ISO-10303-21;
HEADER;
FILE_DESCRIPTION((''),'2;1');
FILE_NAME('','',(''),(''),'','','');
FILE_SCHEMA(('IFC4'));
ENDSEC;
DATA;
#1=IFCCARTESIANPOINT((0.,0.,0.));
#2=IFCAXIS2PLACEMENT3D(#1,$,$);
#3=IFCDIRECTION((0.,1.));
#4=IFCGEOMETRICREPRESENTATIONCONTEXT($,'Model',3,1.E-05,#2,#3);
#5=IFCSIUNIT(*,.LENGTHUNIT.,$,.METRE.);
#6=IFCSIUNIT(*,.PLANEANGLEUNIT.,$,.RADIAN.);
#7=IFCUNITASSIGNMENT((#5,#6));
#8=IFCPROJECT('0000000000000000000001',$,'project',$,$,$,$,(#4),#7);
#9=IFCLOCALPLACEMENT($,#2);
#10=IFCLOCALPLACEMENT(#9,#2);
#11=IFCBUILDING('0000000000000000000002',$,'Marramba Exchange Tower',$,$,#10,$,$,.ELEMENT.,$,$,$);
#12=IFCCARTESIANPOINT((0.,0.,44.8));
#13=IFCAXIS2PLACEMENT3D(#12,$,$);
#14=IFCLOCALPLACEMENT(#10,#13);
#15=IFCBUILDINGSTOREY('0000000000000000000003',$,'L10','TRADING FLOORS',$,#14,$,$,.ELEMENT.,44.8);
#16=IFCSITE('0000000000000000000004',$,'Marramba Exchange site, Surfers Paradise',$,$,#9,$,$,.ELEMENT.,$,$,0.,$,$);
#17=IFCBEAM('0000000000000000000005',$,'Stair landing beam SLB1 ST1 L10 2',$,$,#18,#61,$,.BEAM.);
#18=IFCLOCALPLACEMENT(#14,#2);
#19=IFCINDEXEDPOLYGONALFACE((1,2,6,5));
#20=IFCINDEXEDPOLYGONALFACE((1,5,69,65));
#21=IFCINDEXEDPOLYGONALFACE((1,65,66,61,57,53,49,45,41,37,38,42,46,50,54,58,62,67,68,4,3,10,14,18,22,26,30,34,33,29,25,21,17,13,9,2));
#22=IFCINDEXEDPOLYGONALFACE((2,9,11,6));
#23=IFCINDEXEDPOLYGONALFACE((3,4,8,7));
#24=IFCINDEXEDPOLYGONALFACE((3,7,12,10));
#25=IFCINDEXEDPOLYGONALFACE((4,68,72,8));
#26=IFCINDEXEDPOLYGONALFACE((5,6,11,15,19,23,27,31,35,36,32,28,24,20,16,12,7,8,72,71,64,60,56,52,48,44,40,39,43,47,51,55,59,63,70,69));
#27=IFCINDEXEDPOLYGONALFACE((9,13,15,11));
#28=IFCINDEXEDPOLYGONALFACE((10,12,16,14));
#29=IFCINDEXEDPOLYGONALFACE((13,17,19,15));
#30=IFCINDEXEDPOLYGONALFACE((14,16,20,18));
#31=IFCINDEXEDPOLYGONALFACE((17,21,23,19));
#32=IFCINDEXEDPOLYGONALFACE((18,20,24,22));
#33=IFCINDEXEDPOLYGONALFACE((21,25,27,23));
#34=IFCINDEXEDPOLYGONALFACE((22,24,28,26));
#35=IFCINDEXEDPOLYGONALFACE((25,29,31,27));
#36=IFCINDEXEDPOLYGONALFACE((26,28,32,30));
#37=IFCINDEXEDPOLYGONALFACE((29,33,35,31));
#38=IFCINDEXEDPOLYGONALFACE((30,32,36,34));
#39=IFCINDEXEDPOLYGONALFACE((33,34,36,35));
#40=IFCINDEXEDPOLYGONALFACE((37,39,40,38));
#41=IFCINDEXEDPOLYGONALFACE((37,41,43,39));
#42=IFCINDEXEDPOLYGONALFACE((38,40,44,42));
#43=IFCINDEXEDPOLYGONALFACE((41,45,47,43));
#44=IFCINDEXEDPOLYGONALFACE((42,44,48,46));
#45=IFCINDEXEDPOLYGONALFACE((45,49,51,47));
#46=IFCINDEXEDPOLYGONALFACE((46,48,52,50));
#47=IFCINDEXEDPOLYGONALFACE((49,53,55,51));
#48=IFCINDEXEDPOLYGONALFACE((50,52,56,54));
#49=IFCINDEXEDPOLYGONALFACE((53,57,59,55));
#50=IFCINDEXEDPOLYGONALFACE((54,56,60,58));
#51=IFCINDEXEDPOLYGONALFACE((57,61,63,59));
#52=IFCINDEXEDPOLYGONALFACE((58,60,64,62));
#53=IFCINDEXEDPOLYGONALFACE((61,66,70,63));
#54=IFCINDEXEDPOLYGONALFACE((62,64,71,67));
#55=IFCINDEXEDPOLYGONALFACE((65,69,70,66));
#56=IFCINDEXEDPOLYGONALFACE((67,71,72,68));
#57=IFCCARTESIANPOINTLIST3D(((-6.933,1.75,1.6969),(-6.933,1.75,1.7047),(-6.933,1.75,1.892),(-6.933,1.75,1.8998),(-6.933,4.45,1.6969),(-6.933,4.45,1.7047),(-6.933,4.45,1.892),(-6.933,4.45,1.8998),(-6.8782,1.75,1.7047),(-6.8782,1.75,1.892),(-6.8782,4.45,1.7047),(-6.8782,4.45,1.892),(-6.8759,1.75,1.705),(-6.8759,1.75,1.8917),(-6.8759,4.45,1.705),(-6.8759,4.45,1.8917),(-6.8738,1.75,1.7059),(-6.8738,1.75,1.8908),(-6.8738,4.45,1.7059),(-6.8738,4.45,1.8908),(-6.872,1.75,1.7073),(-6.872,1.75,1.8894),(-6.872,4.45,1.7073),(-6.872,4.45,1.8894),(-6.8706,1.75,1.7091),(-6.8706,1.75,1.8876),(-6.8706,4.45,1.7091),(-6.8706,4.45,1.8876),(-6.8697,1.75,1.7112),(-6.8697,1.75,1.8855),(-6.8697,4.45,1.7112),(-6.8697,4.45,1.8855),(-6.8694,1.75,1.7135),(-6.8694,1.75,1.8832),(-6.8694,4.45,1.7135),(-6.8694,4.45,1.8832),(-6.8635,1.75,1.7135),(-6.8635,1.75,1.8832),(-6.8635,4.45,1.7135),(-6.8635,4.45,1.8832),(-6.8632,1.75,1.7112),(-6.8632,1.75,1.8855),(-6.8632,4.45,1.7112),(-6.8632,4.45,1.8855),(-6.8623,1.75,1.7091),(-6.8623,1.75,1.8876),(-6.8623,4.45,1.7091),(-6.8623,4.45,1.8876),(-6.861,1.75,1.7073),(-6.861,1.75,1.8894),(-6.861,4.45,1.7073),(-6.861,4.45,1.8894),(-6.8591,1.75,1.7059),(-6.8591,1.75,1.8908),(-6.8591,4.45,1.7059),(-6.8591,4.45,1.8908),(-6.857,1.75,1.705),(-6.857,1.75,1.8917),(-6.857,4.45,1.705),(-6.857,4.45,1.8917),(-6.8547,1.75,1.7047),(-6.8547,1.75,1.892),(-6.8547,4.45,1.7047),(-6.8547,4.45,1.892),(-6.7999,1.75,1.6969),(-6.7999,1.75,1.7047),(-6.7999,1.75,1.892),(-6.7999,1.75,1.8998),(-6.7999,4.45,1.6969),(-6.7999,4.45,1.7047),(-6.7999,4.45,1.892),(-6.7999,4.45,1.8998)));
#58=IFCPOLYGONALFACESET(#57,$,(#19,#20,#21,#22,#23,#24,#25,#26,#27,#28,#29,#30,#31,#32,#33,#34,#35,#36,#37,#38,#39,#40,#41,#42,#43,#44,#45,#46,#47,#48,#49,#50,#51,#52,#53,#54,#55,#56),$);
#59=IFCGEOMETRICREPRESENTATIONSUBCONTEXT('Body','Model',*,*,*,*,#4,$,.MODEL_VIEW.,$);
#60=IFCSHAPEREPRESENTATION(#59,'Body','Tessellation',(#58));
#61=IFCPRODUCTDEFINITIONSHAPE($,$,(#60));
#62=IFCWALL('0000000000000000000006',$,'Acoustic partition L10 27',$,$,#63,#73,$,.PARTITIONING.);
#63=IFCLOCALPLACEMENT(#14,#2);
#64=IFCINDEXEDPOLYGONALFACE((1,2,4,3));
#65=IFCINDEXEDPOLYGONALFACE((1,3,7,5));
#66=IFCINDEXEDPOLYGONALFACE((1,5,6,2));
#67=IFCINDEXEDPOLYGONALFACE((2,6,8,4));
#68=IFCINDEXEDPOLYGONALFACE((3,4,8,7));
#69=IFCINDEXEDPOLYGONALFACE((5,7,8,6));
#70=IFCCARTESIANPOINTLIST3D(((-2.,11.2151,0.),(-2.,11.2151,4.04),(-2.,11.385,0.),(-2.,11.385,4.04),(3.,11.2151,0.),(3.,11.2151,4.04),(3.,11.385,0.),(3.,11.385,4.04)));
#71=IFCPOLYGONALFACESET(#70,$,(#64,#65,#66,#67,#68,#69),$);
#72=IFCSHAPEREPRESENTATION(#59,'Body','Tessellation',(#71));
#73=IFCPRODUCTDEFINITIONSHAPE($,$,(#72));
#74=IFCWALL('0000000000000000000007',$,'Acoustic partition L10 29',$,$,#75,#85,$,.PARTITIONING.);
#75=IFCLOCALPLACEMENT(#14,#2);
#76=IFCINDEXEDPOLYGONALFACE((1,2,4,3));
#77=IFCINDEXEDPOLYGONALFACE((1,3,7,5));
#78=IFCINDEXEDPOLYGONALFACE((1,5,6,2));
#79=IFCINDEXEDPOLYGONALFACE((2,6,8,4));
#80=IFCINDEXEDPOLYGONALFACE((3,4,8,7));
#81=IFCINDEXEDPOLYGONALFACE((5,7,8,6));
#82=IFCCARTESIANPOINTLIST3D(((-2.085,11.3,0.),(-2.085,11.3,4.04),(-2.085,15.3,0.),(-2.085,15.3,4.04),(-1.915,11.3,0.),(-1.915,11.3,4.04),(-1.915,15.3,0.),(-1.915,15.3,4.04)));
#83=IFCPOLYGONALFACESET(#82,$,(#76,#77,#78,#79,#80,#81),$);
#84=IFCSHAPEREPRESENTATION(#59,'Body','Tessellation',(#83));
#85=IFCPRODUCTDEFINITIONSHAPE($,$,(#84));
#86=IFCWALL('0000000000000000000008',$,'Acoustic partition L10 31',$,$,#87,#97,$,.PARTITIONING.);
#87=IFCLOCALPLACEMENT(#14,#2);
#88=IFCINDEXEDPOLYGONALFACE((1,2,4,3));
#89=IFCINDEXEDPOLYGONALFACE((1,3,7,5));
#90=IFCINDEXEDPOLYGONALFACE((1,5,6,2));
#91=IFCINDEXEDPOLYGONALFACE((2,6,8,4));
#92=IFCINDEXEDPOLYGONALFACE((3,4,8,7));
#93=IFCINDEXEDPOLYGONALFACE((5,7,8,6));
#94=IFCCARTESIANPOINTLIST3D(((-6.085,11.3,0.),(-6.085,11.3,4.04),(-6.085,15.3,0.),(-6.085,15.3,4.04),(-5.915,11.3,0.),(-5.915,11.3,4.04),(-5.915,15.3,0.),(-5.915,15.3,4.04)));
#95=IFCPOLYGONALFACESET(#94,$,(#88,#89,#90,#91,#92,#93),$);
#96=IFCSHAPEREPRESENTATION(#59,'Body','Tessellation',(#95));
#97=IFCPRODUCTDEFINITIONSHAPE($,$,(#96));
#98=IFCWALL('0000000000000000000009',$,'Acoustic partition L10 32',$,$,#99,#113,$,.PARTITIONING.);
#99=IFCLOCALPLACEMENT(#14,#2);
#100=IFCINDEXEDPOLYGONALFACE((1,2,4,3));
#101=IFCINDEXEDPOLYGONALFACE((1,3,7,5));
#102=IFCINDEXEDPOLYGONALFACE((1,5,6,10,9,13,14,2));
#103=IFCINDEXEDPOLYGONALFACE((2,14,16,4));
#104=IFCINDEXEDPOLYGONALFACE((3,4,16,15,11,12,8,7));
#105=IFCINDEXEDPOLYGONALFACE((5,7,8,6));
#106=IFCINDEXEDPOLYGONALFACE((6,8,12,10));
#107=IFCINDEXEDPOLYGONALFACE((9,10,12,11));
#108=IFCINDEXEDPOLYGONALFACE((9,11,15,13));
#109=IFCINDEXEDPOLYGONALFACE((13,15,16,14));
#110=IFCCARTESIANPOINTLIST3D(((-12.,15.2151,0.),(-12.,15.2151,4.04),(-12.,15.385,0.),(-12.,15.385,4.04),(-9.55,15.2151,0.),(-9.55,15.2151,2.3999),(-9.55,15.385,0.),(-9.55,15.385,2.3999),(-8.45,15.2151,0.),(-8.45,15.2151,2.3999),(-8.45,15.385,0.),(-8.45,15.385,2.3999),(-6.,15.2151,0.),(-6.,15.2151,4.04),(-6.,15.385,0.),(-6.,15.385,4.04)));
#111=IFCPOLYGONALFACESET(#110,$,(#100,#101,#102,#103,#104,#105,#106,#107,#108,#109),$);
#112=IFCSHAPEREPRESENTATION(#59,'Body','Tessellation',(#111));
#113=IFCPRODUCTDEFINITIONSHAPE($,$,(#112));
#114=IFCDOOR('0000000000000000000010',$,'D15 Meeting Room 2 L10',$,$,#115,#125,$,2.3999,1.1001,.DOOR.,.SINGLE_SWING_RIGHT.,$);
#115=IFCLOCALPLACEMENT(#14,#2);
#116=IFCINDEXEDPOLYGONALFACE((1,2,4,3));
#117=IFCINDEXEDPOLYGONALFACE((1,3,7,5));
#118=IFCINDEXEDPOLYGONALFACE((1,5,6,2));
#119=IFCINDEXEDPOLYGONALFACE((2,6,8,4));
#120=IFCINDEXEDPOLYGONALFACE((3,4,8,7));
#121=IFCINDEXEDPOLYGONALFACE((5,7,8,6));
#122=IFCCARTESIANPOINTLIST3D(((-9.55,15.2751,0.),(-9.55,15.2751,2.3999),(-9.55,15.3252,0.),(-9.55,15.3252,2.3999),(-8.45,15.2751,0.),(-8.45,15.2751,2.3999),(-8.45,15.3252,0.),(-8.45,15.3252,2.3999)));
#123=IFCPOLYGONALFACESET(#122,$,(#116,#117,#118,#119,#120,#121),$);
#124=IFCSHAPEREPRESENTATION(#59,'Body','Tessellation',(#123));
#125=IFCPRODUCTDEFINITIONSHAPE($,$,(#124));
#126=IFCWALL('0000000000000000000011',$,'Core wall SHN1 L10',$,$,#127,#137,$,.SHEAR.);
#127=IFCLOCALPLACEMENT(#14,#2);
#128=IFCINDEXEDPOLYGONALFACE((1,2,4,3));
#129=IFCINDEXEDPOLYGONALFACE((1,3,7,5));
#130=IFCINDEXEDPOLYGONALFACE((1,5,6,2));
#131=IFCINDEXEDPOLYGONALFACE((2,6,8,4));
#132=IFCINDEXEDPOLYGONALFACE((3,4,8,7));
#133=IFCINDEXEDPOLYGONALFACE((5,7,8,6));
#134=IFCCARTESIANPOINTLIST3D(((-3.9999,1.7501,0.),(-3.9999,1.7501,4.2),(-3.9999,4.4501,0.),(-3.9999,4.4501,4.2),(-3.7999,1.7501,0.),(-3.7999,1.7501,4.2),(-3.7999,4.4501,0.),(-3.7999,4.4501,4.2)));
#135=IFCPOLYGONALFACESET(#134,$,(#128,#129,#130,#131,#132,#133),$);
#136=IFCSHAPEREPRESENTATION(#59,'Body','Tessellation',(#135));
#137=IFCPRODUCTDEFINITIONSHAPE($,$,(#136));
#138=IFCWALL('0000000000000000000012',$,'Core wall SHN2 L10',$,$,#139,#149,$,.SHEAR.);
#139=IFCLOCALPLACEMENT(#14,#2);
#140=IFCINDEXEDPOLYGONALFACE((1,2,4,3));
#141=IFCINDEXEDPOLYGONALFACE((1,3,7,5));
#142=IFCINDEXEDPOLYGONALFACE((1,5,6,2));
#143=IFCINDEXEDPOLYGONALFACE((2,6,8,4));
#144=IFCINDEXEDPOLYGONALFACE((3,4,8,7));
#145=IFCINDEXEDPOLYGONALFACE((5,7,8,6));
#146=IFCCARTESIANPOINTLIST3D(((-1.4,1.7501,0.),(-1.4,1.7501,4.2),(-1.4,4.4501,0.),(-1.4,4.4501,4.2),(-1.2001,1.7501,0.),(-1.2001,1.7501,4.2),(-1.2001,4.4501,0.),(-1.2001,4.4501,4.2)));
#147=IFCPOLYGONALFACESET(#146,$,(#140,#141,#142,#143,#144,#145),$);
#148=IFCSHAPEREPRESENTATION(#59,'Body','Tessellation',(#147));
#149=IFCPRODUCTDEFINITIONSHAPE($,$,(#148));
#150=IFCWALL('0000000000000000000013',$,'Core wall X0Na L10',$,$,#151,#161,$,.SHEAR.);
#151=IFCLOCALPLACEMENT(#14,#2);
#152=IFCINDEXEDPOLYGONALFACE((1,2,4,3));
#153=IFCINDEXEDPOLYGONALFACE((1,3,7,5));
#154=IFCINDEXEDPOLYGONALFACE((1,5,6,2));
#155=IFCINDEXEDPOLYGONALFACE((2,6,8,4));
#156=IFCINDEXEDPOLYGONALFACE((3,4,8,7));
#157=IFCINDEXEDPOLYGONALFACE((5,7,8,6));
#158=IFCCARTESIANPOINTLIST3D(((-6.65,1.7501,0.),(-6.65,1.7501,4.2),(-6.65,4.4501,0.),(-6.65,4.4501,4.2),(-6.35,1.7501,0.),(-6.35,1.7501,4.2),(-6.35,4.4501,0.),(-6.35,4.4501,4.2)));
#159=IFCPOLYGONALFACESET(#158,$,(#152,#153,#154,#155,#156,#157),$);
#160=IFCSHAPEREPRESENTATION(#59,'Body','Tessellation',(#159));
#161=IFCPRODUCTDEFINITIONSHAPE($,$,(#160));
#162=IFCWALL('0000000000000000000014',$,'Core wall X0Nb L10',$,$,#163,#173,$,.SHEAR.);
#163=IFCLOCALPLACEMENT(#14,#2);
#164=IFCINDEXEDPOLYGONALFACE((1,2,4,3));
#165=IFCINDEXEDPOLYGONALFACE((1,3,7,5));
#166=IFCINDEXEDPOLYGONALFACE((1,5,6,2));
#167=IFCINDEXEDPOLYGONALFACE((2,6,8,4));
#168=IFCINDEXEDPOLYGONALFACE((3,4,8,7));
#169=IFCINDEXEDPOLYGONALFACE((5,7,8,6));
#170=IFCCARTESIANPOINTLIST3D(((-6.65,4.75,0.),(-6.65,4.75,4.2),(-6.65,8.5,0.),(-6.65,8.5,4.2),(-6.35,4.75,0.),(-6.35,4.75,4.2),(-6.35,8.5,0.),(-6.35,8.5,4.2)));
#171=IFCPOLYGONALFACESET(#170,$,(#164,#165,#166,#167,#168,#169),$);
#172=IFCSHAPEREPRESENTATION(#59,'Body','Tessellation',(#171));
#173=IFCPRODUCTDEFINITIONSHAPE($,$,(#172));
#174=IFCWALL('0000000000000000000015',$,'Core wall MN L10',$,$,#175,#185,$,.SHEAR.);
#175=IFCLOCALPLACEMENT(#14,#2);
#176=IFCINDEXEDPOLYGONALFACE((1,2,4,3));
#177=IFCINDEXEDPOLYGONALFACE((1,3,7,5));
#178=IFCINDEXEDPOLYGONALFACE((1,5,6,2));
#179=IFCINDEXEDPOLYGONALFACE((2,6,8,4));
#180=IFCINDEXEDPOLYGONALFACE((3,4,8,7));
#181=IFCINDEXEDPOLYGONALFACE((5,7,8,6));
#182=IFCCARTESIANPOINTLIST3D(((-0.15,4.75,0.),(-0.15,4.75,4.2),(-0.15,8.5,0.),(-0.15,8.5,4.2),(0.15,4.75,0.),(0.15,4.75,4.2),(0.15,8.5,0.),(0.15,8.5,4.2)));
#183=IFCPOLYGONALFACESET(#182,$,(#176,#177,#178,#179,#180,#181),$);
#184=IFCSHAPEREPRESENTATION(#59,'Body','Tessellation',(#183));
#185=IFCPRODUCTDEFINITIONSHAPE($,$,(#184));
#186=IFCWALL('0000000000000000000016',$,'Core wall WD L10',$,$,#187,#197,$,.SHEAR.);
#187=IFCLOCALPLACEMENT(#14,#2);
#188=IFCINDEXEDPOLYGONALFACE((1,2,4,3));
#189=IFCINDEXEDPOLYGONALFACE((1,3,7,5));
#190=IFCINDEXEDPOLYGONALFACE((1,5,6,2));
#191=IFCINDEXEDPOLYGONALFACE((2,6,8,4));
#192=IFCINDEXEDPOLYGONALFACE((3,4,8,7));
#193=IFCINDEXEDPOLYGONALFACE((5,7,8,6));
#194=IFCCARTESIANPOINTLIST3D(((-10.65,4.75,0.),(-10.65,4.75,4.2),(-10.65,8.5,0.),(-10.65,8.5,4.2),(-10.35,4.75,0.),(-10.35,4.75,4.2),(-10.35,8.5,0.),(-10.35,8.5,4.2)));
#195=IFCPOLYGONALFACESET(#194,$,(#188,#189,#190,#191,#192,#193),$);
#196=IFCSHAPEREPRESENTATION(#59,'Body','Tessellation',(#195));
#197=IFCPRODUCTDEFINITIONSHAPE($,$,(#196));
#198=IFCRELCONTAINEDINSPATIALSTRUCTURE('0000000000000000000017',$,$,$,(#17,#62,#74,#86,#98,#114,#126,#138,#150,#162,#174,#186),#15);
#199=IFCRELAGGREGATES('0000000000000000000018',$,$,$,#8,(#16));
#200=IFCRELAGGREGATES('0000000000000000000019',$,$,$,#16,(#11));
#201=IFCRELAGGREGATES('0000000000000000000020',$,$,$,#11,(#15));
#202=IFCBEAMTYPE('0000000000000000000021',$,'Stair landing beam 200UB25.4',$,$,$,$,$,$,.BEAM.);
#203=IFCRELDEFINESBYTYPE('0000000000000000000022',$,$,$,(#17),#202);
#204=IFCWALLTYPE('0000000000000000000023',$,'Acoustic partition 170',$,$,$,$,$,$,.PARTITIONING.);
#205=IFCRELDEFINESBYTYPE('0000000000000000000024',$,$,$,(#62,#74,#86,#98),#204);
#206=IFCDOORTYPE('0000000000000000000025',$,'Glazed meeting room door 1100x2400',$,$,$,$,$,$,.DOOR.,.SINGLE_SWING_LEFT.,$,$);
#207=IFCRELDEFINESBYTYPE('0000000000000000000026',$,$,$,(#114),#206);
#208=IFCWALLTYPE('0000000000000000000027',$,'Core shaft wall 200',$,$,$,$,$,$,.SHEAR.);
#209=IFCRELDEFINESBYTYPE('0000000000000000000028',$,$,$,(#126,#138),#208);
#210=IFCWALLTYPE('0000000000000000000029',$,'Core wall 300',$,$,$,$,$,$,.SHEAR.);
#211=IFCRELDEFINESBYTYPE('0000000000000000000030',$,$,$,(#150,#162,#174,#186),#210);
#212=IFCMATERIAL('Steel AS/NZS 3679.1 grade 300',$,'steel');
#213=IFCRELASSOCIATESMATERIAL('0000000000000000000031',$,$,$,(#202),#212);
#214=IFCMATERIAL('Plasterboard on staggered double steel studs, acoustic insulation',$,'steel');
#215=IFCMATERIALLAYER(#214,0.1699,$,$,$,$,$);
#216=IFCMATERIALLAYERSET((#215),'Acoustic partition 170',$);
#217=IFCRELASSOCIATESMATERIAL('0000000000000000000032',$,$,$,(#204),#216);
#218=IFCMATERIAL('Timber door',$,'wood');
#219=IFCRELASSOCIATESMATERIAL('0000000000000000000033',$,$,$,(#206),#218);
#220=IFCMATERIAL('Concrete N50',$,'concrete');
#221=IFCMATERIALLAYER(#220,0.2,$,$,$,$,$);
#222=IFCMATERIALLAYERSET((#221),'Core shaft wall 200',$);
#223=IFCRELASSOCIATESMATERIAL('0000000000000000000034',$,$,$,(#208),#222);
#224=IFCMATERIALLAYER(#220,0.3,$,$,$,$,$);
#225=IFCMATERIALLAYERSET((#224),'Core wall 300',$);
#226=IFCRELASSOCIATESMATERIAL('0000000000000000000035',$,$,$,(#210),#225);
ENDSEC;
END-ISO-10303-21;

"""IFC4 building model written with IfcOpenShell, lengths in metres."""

from ifc_helpers import new_model, si_unit, direction, frame, frame_2d, origin, origin_2d, place, context, subcontext, project, spatial, rectangle, i_section, extrude, material, layer, layer_set, material_profile, profile_set, type_object, element, fill, save


model = new_model("IFC4")

# Units and contexts
model_context = context("Model", 3, precision=1e-05, world=origin(), true_north=direction((0.0, 1.0)))
body_context = subcontext(model_context, "Body", "Model", "MODEL_VIEW")
ifc_project = project(units=[si_unit("LENGTHUNIT", "METRE"), si_unit("PLANEANGLEUNIT", "RADIAN")], contexts=[model_context])

# Site, building, storey
site_placement = place(None, origin())
site = spatial("IfcSite", under=ifc_project, at=site_placement, Name="Marramba Exchange site, Surfers Paradise", CompositionType="ELEMENT", RefElevation=0.0)
building_placement = place(site_placement, origin())
building = spatial("IfcBuilding", under=site, at=building_placement, Name="Marramba Exchange Tower", CompositionType="ELEMENT")
storey_placement = place(building_placement, frame((0.0, 0.0, 44.8)))
storey = spatial("IfcBuildingStorey", under=building, at=storey_placement, Name="L10", Description="TRADING FLOORS", CompositionType="ELEMENT", Elevation=44.8)

# Beam
ifc_material_1 = material(Name="Steel AS/NZS 3679.1 grade 300", Category="steel")
ifc_material_profile_1 = material_profile(ifc_material_1, i_section(OverallWidth=0.1331, OverallDepth=0.2029, WebThickness=0.0059, FlangeThickness=0.0078, FilletRadius=0.0088, at=origin_2d()), Name="200UB25.4")
ifc_profile_set_1 = profile_set([ifc_material_profile_1], Name="Steel AS/NZS 3679.1 grade 300")
beam_type_1 = type_object("IfcBeamType", Name="Stair landing beam 200UB25.4", PredefinedType="BEAM", material=ifc_profile_set_1)
for number, where, z_axis, x_axis, name in (
    (1, (-6.8665, 1.75, 1.7983), (0.0, 1.0, 0.0), (-1.0, 0.0, 0.0), "Stair landing beam SLB1 ST1 L10 2"),
):
    element("IfcBeam", number, at=place(storey_placement, frame(where, z_axis=z_axis, x_axis=x_axis)), inside=storey, type_object=beam_type_1, Name=name, PredefinedType="BEAM", context=body_context, shape_type="SweptSolid", body=[
        extrude(i_section(OverallWidth=0.1331, OverallDepth=0.2029, WebThickness=0.0059, FlangeThickness=0.0078, FilletRadius=0.0088, at=origin_2d()), origin(), (0.0, 0.0, 1.0), 2.7),
    ])

# Walls
ifc_material_2 = material(Name="Plasterboard on staggered double steel studs, acoustic insulation", Category="steel")
ifc_layer_1 = layer(ifc_material_2, 0.1699)
ifc_layer_set_1 = layer_set([ifc_layer_1], Name="Acoustic partition 170")
wall_type_1 = type_object("IfcWallType", Name="Acoustic partition 170", PredefinedType="PARTITIONING", material=ifc_layer_set_1)
wall_1_placement = place(storey_placement, frame((-2.0, 11.3, 0.0), z_axis=(0.0, 0.0, 1.0), x_axis=(1.0, 0.0, 0.0)))
element("IfcWall", 2, at=wall_1_placement, inside=storey, type_object=wall_type_1, Name="Acoustic partition L10 27", PredefinedType="PARTITIONING", context=body_context, shape_type="SweptSolid", body=[
    extrude(rectangle(XDim=5.0, YDim=0.1699, at=frame_2d((2.5, 0.0))), origin(), (0.0, 0.0, 1.0), 4.04),
])
for number, where, z_axis, x_axis, name in (
    (3, (-2.0, 15.3, 0.0), (0.0, 0.0, 1.0), (0.0, -1.0, 0.0), "Acoustic partition L10 29"),
    (4, (-6.0, 11.3, 0.0), (0.0, 0.0, 1.0), (0.0, 1.0, 0.0), "Acoustic partition L10 31"),
):
    element("IfcWall", number, at=place(storey_placement, frame(where, z_axis=z_axis, x_axis=x_axis)), inside=storey, type_object=wall_type_1, Name=name, PredefinedType="PARTITIONING", context=body_context, shape_type="SweptSolid", body=[
        extrude(rectangle(XDim=4.0, YDim=0.1699, at=frame_2d((2.0, 0.0))), origin(), (0.0, 0.0, 1.0), 4.04),
    ])

# Wall, opening, door
wall_2_placement = place(storey_placement, frame((-6.0, 15.3, 0.0), z_axis=(0.0, 0.0, 1.0), x_axis=(-1.0, 0.0, 0.0)))
wall_2 = element("IfcWall", 5, at=wall_2_placement, inside=storey, type_object=wall_type_1, Name="Acoustic partition L10 32", PredefinedType="PARTITIONING", context=body_context, shape_type="SweptSolid", body=[
    extrude(rectangle(XDim=6.0, YDim=0.1699, at=frame_2d((3.0, 0.0))), origin(), (0.0, 0.0, 1.0), 4.04),
])
opening_1_placement = place(wall_2_placement, frame((2.45, 0.0, 0.0)))
opening_1 = element("IfcOpeningElement", 6, at=opening_1_placement, cuts=wall_2, PredefinedType="OPENING", context=body_context, shape_type="SweptSolid", body=[
    extrude(rectangle(XDim=1.1001, YDim=2.3999, at=frame_2d((0.55, 1.2))), frame((0.0, 0.095, 0.0), z_axis=(0.0, -1.0, 0.0), x_axis=(1.0, 0.0, 0.0)), (0.0, 0.0, 1.0), 0.1899),
])
ifc_material_3 = material(Name="Timber door", Category="wood")
door_type_1 = type_object("IfcDoorType", Name="Glazed meeting room door 1100x2400", OperationType="SINGLE_SWING_LEFT", PredefinedType="DOOR", material=ifc_material_3)
door_1_placement = place(opening_1_placement, origin())
door_1 = element("IfcDoor", 7, at=door_1_placement, inside=storey, type_object=door_type_1, Name="D15 Meeting Room 2 L10", OperationType="SINGLE_SWING_RIGHT", OverallHeight=2.3999, OverallWidth=1.1001, PredefinedType="DOOR", context=body_context, shape_type="SweptSolid", body=[
    extrude(rectangle(XDim=1.1001, YDim=2.3999, at=frame_2d((0.55, 1.2))), frame((0.0, 0.0249, 0.0), z_axis=(0.0, -1.0, 0.0), x_axis=(1.0, 0.0, 0.0)), (0.0, 0.0, 1.0), 0.05),
])
fill(opening_1, door_1)

# Walls
ifc_material_4 = material(Name="Concrete N50", Category="concrete")
ifc_layer_2 = layer(ifc_material_4, 0.2)
ifc_layer_set_2 = layer_set([ifc_layer_2], Name="Core shaft wall 200")
wall_type_2 = type_object("IfcWallType", Name="Core shaft wall 200", PredefinedType="SHEAR", material=ifc_layer_set_2)
for number, where, z_axis, x_axis, name in (
    (8, (-3.8999, 1.75, 0.0), (0.0, 0.0, 1.0), (0.0, 1.0, 0.0), "Core wall SHN1 L10"),
    (9, (-1.3, 1.75, 0.0), (0.0, 0.0, 1.0), (0.0, 1.0, 0.0), "Core wall SHN2 L10"),
):
    element("IfcWall", number, at=place(storey_placement, frame(where, z_axis=z_axis, x_axis=x_axis)), inside=storey, type_object=wall_type_2, Name=name, PredefinedType="SHEAR", context=body_context, shape_type="SweptSolid", body=[
        extrude(rectangle(XDim=2.7, YDim=0.2, at=frame_2d((1.3501, 0.0))), origin(), (0.0, 0.0, 1.0), 4.2),
    ])
ifc_layer_3 = layer(ifc_material_4, 0.3)
ifc_layer_set_3 = layer_set([ifc_layer_3], Name="Core wall 300")
wall_type_3 = type_object("IfcWallType", Name="Core wall 300", PredefinedType="SHEAR", material=ifc_layer_set_3)
wall_3_placement = place(storey_placement, frame((-6.5, 1.75, 0.0), z_axis=(0.0, 0.0, 1.0), x_axis=(0.0, 1.0, 0.0)))
element("IfcWall", 10, at=wall_3_placement, inside=storey, type_object=wall_type_3, Name="Core wall X0Na L10", PredefinedType="SHEAR", context=body_context, shape_type="SweptSolid", body=[
    extrude(rectangle(XDim=2.7, YDim=0.3, at=frame_2d((1.3501, 0.0))), origin(), (0.0, 0.0, 1.0), 4.2),
])
for number, where, z_axis, x_axis, name in (
    (11, (-6.5, 4.75, 0.0), (0.0, 0.0, 1.0), (0.0, 1.0, 0.0), "Core wall X0Nb L10"),
    (12, (0.0, 4.75, 0.0), (0.0, 0.0, 1.0), (0.0, 1.0, 0.0), "Core wall MN L10"),
    (13, (-10.5, 4.75, 0.0), (0.0, 0.0, 1.0), (0.0, 1.0, 0.0), "Core wall WD L10"),
):
    element("IfcWall", number, at=place(storey_placement, frame(where, z_axis=z_axis, x_axis=x_axis)), inside=storey, type_object=wall_type_3, Name=name, PredefinedType="SHEAR", context=body_context, shape_type="SweptSolid", body=[
        extrude(rectangle(XDim=3.75, YDim=0.3, at=frame_2d((1.875, 0.0))), origin(), (0.0, 0.0, 1.0), 4.2),
    ])

save(model, "model.ifc")
